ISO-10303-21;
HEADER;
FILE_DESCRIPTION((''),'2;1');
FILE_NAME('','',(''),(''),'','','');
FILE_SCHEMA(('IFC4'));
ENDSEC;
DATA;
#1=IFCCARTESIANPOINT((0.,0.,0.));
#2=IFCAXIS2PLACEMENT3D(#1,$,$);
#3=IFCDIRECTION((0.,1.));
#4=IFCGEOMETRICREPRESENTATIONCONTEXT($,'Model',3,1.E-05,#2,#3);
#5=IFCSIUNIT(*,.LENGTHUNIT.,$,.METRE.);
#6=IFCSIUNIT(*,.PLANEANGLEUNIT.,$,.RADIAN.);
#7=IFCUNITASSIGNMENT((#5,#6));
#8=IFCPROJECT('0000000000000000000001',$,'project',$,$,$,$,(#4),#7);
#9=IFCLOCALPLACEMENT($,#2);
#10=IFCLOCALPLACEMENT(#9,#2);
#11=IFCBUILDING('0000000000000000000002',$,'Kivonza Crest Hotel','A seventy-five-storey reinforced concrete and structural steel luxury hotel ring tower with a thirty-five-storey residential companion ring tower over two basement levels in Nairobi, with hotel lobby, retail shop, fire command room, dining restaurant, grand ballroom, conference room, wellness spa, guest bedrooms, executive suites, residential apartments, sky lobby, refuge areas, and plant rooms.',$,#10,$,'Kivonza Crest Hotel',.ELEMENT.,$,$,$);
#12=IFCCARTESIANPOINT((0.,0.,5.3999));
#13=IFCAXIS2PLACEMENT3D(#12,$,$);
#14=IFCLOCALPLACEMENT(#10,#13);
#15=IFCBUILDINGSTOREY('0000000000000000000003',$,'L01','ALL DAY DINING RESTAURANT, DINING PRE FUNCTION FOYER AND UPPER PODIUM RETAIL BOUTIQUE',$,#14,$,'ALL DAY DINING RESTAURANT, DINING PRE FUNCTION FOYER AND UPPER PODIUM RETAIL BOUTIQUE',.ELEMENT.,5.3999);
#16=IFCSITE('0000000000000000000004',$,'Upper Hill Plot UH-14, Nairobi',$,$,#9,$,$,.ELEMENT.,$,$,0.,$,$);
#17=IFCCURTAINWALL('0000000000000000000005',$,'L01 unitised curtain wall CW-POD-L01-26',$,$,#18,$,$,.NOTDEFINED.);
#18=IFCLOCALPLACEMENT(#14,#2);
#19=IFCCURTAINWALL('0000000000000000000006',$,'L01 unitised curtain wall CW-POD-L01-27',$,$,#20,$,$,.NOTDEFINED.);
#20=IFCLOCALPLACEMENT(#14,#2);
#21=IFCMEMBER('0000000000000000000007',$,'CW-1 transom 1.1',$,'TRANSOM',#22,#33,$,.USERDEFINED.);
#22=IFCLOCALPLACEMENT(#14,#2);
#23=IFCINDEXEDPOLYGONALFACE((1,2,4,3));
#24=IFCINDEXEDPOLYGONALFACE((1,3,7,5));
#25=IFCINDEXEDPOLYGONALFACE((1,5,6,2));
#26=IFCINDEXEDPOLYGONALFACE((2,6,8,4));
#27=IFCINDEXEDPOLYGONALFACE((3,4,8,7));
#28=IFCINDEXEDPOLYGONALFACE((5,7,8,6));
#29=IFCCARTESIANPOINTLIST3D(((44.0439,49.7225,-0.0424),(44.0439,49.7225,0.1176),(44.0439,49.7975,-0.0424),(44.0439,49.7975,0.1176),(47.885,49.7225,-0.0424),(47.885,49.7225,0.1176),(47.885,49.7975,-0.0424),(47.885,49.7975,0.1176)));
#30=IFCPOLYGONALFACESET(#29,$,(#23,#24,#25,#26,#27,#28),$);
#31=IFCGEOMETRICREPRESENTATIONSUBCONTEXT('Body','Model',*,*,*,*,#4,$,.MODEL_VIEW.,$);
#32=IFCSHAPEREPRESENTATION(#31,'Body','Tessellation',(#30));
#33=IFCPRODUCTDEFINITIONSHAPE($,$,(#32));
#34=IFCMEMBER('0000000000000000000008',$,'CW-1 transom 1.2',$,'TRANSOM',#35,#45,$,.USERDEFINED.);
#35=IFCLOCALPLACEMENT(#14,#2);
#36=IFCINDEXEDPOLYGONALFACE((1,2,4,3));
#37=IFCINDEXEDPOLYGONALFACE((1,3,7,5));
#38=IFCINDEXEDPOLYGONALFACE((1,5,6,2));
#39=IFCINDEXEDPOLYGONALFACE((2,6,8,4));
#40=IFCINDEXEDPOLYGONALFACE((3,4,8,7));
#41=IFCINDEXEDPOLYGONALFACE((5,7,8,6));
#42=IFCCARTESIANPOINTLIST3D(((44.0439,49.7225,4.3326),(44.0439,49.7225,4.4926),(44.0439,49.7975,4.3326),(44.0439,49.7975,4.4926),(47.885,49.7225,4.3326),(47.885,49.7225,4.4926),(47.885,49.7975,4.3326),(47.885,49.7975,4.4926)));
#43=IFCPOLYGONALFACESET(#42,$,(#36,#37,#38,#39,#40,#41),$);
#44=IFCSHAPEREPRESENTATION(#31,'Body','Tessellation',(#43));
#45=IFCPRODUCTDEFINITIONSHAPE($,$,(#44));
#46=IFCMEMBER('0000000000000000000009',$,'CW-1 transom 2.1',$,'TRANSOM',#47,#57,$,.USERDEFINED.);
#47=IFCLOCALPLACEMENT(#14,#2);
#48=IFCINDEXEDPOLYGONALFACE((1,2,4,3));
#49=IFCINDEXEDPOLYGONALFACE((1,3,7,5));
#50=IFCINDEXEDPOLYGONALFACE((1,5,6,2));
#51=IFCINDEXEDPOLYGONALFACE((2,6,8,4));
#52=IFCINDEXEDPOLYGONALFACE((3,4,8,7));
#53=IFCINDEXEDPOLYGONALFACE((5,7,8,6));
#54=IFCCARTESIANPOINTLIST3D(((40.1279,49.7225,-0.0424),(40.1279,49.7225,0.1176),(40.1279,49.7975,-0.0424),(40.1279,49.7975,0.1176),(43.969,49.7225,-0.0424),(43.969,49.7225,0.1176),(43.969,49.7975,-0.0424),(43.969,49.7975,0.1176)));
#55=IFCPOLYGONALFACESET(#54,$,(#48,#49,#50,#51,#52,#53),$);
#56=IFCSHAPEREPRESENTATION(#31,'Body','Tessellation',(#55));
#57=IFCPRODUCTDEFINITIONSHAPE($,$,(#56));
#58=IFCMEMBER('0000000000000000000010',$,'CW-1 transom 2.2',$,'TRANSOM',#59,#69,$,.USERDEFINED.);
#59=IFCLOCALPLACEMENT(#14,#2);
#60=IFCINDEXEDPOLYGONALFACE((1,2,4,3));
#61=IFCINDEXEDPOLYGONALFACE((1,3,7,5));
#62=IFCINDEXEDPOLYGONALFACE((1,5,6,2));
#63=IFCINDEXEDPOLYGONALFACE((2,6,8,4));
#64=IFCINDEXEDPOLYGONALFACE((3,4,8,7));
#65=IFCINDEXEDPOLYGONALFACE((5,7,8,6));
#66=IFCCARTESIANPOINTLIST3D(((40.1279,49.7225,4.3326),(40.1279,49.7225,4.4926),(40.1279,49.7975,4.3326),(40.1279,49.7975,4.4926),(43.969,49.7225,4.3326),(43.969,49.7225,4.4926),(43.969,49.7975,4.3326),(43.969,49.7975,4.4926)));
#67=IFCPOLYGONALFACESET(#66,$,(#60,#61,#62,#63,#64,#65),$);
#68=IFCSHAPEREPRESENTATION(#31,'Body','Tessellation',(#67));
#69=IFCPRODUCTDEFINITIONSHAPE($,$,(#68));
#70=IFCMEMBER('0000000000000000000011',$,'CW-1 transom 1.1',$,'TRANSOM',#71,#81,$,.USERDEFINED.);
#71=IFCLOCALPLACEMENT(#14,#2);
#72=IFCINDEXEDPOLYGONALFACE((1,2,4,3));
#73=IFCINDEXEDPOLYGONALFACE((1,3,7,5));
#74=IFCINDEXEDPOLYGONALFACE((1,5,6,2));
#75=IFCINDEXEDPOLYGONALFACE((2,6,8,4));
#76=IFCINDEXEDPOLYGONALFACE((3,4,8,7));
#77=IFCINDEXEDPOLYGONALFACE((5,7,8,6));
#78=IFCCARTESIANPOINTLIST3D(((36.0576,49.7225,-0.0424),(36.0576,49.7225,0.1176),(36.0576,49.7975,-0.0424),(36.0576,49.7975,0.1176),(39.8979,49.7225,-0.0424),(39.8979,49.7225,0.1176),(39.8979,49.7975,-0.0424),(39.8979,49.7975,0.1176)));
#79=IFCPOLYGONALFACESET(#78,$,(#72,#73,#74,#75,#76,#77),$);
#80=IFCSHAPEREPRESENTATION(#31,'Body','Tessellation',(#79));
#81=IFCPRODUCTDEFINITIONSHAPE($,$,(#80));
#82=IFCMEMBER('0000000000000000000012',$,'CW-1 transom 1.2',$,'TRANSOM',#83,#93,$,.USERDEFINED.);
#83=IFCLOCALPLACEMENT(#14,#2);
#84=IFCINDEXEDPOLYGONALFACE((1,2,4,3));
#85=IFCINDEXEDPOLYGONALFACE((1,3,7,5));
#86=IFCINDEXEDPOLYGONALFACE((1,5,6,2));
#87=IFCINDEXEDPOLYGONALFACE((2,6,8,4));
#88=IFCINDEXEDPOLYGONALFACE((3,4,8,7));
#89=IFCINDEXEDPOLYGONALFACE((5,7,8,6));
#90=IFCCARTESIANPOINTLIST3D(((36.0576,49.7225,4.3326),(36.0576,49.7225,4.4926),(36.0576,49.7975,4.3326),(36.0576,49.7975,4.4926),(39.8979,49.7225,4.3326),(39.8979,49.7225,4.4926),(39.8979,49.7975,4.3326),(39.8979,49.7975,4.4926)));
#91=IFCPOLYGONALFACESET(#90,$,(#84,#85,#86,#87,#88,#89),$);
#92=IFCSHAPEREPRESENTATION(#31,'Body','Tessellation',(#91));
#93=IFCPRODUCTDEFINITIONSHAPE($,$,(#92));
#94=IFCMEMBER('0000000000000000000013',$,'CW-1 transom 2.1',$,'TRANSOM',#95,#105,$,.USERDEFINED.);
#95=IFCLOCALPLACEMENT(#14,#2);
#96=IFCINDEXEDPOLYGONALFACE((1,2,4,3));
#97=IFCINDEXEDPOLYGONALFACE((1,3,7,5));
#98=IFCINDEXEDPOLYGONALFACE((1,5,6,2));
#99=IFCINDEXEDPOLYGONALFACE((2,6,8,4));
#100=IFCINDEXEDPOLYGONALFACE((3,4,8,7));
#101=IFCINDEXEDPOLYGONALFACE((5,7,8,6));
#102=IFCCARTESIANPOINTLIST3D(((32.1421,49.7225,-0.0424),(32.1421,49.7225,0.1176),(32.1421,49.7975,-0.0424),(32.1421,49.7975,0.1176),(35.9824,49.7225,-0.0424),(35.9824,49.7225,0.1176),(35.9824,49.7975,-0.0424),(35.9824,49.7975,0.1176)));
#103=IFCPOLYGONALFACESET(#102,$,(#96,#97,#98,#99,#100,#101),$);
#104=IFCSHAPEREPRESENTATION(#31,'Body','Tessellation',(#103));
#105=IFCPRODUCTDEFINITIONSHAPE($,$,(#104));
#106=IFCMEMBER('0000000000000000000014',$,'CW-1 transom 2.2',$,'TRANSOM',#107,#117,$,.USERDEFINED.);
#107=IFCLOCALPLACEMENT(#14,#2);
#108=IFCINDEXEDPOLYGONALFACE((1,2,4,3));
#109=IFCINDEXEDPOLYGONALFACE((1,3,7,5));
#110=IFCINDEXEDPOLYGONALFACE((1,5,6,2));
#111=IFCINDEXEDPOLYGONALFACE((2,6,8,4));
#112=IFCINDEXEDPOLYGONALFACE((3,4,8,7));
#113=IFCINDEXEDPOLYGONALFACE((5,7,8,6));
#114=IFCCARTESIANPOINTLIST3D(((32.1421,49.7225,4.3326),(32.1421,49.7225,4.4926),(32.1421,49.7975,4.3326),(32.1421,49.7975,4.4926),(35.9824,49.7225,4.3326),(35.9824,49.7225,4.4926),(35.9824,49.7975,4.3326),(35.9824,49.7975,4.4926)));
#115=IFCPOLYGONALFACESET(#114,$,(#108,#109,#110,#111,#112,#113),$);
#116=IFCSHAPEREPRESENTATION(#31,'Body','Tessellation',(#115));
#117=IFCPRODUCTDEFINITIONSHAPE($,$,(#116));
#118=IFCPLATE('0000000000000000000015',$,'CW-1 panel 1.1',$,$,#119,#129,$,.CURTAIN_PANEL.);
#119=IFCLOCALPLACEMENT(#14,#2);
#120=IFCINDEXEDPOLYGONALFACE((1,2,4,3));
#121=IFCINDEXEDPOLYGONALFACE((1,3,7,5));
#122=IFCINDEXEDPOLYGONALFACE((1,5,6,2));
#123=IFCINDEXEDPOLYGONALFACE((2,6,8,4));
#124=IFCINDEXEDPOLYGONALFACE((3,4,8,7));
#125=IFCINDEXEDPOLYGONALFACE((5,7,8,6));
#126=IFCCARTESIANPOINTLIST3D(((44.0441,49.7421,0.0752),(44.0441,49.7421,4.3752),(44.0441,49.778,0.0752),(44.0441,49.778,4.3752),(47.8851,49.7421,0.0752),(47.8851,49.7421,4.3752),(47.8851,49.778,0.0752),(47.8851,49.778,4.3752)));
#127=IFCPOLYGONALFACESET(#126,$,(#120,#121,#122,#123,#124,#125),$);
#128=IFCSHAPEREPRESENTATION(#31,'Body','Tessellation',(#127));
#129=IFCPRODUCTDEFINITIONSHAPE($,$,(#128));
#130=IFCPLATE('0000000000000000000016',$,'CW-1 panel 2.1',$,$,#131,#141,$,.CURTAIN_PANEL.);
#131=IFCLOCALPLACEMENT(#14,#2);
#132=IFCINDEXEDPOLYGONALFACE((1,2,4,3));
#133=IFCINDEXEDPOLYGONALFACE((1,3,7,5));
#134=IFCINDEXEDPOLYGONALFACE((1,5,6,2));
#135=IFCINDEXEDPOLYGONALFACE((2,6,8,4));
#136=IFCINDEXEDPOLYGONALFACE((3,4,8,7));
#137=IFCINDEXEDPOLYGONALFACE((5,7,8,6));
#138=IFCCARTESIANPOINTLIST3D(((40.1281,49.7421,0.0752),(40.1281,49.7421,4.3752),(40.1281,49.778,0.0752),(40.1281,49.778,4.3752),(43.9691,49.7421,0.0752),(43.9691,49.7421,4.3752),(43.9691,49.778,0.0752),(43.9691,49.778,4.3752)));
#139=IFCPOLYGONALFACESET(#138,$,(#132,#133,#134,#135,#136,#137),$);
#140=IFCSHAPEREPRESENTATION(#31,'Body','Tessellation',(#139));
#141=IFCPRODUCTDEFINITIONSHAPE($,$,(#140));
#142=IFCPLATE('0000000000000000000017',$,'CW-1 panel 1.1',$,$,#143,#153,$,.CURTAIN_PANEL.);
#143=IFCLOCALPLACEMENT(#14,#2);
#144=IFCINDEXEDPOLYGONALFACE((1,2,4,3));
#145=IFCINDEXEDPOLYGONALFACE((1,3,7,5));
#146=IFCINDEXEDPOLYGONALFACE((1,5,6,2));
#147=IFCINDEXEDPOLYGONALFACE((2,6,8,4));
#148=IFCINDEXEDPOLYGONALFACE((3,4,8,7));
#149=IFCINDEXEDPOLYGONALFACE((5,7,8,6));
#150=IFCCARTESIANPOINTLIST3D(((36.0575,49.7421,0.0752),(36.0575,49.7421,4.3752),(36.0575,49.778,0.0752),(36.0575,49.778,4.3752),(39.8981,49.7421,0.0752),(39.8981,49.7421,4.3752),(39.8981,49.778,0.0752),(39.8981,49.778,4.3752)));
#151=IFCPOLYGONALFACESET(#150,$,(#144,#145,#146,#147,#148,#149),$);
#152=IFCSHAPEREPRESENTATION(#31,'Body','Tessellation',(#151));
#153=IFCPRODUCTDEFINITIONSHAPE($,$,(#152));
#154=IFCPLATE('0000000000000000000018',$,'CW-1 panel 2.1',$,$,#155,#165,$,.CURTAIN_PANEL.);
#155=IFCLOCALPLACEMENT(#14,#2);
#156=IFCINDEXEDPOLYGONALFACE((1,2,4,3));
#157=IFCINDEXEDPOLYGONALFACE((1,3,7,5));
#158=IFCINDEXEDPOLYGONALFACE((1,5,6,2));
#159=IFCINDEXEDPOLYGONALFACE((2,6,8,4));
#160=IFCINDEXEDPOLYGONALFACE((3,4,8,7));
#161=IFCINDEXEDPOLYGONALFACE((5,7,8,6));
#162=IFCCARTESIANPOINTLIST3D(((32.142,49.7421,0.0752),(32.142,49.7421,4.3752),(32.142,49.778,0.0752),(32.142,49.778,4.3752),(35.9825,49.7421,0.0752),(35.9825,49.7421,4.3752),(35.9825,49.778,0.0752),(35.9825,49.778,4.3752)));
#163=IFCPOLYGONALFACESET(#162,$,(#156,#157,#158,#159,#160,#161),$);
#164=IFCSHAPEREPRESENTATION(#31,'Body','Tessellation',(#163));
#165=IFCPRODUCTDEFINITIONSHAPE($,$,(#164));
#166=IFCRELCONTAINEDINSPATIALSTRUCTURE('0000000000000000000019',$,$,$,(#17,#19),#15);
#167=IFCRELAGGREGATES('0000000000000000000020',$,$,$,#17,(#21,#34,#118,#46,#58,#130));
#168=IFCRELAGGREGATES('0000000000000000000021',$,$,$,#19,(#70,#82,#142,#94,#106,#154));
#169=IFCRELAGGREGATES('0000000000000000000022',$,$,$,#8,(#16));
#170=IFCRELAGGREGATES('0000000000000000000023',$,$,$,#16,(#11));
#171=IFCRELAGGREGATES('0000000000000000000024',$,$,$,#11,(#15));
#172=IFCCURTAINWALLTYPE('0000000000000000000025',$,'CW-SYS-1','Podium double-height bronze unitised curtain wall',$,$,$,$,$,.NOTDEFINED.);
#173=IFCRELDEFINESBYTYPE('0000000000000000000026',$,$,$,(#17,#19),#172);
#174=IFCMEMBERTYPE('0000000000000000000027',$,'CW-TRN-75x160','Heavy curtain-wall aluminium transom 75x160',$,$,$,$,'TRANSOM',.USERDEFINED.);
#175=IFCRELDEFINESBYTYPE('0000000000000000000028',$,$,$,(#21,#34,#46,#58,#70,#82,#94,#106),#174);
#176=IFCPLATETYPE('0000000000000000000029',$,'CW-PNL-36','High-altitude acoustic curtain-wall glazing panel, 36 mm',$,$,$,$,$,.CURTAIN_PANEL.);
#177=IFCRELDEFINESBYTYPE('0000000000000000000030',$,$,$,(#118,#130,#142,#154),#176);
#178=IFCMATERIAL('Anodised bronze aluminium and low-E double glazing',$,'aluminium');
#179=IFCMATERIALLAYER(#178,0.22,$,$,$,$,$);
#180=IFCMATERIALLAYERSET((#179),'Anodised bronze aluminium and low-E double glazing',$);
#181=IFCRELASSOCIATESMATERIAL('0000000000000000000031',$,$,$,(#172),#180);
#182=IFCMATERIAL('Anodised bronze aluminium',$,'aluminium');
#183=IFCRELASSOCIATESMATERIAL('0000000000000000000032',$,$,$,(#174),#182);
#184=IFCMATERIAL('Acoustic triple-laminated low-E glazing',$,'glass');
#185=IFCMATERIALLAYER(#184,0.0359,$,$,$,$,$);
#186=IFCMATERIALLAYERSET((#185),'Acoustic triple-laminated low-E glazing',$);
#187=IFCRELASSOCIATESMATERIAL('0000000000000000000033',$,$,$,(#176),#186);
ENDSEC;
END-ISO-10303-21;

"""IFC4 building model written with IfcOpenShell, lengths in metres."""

from ifc_helpers import new_model, si_unit, direction, frame, origin, origin_2d, place, context, subcontext, project, spatial, rectangle, extrude, material, layer, layer_set, material_profile, profile_set, type_object, element, aggregate, save


model = new_model("IFC4")

# Units and contexts
model_context = context("Model", 3, precision=1e-05, world=origin(), true_north=direction((0.0, 1.0)))
body_context = subcontext(model_context, "Body", "Model", "MODEL_VIEW")
ifc_project = project(units=[si_unit("LENGTHUNIT", "METRE"), si_unit("PLANEANGLEUNIT", "RADIAN")], contexts=[model_context])

# Site, building, storey
site_placement = place(None, origin())
site = spatial("IfcSite", under=ifc_project, at=site_placement, Name="Upper Hill Plot UH-14, Nairobi", CompositionType="ELEMENT", RefElevation=0.0)
building_placement = place(site_placement, origin())
building = spatial("IfcBuilding", under=site, at=building_placement, Name="Kivonza Crest Hotel", Description="A seventy-five-storey reinforced concrete and structural steel luxury hotel ring tower with a thirty-five-storey residential companion ring tower over two basement levels in Nairobi, with hotel lobby, retail shop, fire command room, dining restaurant, grand ballroom, conference room, wellness spa, guest bedrooms, executive suites, residential apartments, sky lobby, refuge areas, and plant rooms.", LongName="Kivonza Crest Hotel", CompositionType="ELEMENT")
storey_placement = place(building_placement, frame((0.0, 0.0, 5.3999)))
storey = spatial("IfcBuildingStorey", under=building, at=storey_placement, Name="L01", Description="ALL DAY DINING RESTAURANT, DINING PRE FUNCTION FOYER AND UPPER PODIUM RETAIL BOUTIQUE", LongName="ALL DAY DINING RESTAURANT, DINING PRE FUNCTION FOYER AND UPPER PODIUM RETAIL BOUTIQUE", CompositionType="ELEMENT", Elevation=5.3999)

# Shared definitions
ifc_material_1 = material(Name="Anodised bronze aluminium and low-E double glazing", Category="aluminium")
ifc_layer_1 = layer(ifc_material_1, 0.22)
ifc_layer_set_1 = layer_set([ifc_layer_1], Name="Anodised bronze aluminium and low-E double glazing")
curtain_wall_type = type_object("IfcCurtainWallType", Name="CW-SYS-1", Description="Podium double-height bronze unitised curtain wall", PredefinedType="NOTDEFINED", material=ifc_layer_set_1)
ifc_material_2 = material(Name="Anodised bronze aluminium", Category="aluminium")

# Curtain walls
curtain_wall_1_placement = place(storey_placement, origin())
curtain_wall_1 = element("IfcCurtainWall", 1, at=curtain_wall_1_placement, inside=storey, type_object=curtain_wall_type, Name="L01 unitised curtain wall CW-POD-L01-26", PredefinedType="NOTDEFINED")
curtain_wall_2_placement = place(storey_placement, origin())
curtain_wall_2 = element("IfcCurtainWall", 2, at=curtain_wall_2_placement, inside=storey, type_object=curtain_wall_type, Name="L01 unitised curtain wall CW-POD-L01-27", PredefinedType="NOTDEFINED")

# Members
ifc_material_profile_1 = material_profile(ifc_material_2, rectangle(XDim=0.075, YDim=0.1599, at=origin_2d()), Name="CW-T 75x160")
ifc_profile_set_1 = profile_set([ifc_material_profile_1], Name="Anodised bronze aluminium")
member_type_1 = type_object("IfcMemberType", Name="CW-TRN-75x160", Description="Heavy curtain-wall aluminium transom 75x160", ElementType="TRANSOM", PredefinedType="USERDEFINED", material=ifc_profile_set_1)
member_1_placement = place(storey_placement, frame((47.885, 49.76, 0.0376), z_axis=(-1.0, 0.0, 0.0), x_axis=(0.0, -1.0, 0.0)))
member_1 = element("IfcMember", 3, at=member_1_placement, type_object=member_type_1, Name="CW-1 transom 1.1", ObjectType="TRANSOM", PredefinedType="USERDEFINED", context=body_context, shape_type="SweptSolid", body=[
    extrude(rectangle(XDim=0.075, YDim=0.1599, at=origin_2d()), origin(), (0.0, 0.0, 1.0), 3.8411),
])
member_2_placement = place(storey_placement, frame((47.885, 49.76, 4.4126), z_axis=(-1.0, 0.0, 0.0), x_axis=(0.0, -1.0, 0.0)))
member_2 = element("IfcMember", 4, at=member_2_placement, type_object=member_type_1, Name="CW-1 transom 1.2", ObjectType="TRANSOM", PredefinedType="USERDEFINED", context=body_context, shape_type="SweptSolid", body=[
    extrude(rectangle(XDim=0.075, YDim=0.1599, at=origin_2d()), origin(), (0.0, 0.0, 1.0), 3.8411),
])
member_3_placement = place(storey_placement, frame((43.969, 49.76, 0.0376), z_axis=(-1.0, 0.0, 0.0), x_axis=(0.0, -1.0, 0.0)))
member_3 = element("IfcMember", 5, at=member_3_placement, type_object=member_type_1, Name="CW-1 transom 2.1", ObjectType="TRANSOM", PredefinedType="USERDEFINED", context=body_context, shape_type="SweptSolid", body=[
    extrude(rectangle(XDim=0.075, YDim=0.1599, at=origin_2d()), origin(), (0.0, 0.0, 1.0), 3.8411),
])
member_4_placement = place(storey_placement, frame((43.969, 49.76, 4.4126), z_axis=(-1.0, 0.0, 0.0), x_axis=(0.0, -1.0, 0.0)))
member_4 = element("IfcMember", 6, at=member_4_placement, type_object=member_type_1, Name="CW-1 transom 2.2", ObjectType="TRANSOM", PredefinedType="USERDEFINED", context=body_context, shape_type="SweptSolid", body=[
    extrude(rectangle(XDim=0.075, YDim=0.1599, at=origin_2d()), origin(), (0.0, 0.0, 1.0), 3.8411),
])
member_5_placement = place(storey_placement, frame((39.8979, 49.76, 0.0376), z_axis=(-1.0, 0.0, 0.0), x_axis=(0.0, -1.0, 0.0)))
member_5 = element("IfcMember", 7, at=member_5_placement, type_object=member_type_1, Name="CW-1 transom 1.1", ObjectType="TRANSOM", PredefinedType="USERDEFINED", context=body_context, shape_type="SweptSolid", body=[
    extrude(rectangle(XDim=0.075, YDim=0.1599, at=origin_2d()), origin(), (0.0, 0.0, 1.0), 3.8403),
])
member_6_placement = place(storey_placement, frame((39.8979, 49.76, 4.4126), z_axis=(-1.0, 0.0, 0.0), x_axis=(0.0, -1.0, 0.0)))
member_6 = element("IfcMember", 8, at=member_6_placement, type_object=member_type_1, Name="CW-1 transom 1.2", ObjectType="TRANSOM", PredefinedType="USERDEFINED", context=body_context, shape_type="SweptSolid", body=[
    extrude(rectangle(XDim=0.075, YDim=0.1599, at=origin_2d()), origin(), (0.0, 0.0, 1.0), 3.8403),
])
member_7_placement = place(storey_placement, frame((35.9824, 49.76, 0.0376), z_axis=(-1.0, 0.0, 0.0), x_axis=(0.0, -1.0, 0.0)))
member_7 = element("IfcMember", 9, at=member_7_placement, type_object=member_type_1, Name="CW-1 transom 2.1", ObjectType="TRANSOM", PredefinedType="USERDEFINED", context=body_context, shape_type="SweptSolid", body=[
    extrude(rectangle(XDim=0.075, YDim=0.1599, at=origin_2d()), origin(), (0.0, 0.0, 1.0), 3.8403),
])
member_8_placement = place(storey_placement, frame((35.9824, 49.76, 4.4126), z_axis=(-1.0, 0.0, 0.0), x_axis=(0.0, -1.0, 0.0)))
member_8 = element("IfcMember", 10, at=member_8_placement, type_object=member_type_1, Name="CW-1 transom 2.2", ObjectType="TRANSOM", PredefinedType="USERDEFINED", context=body_context, shape_type="SweptSolid", body=[
    extrude(rectangle(XDim=0.075, YDim=0.1599, at=origin_2d()), origin(), (0.0, 0.0, 1.0), 3.8403),
])

# Plates
ifc_material_3 = material(Name="Acoustic triple-laminated low-E glazing", Category="glass")
ifc_layer_2 = layer(ifc_material_3, 0.0359)
ifc_layer_set_2 = layer_set([ifc_layer_2], Name="Acoustic triple-laminated low-E glazing")
plate_type = type_object("IfcPlateType", Name="CW-PNL-36", Description="High-altitude acoustic curtain-wall glazing panel, 36 mm", PredefinedType="CURTAIN_PANEL", material=ifc_layer_set_2)
plate_1_placement = place(storey_placement, frame((45.9646, 49.76, 0.0752), z_axis=(0.0, 0.0, 1.0), x_axis=(-1.0, 0.0, 0.0)))
plate_1 = element("IfcPlate", 11, at=plate_1_placement, type_object=plate_type, Name="CW-1 panel 1.1", PredefinedType="CURTAIN_PANEL", context=body_context, shape_type="SweptSolid", body=[
    extrude(rectangle(XDim=3.8411, YDim=0.0359, at=origin_2d()), origin(), (0.0, 0.0, 1.0), 4.3),
])
plate_2_placement = place(storey_placement, frame((42.0486, 49.76, 0.0752), z_axis=(0.0, 0.0, 1.0), x_axis=(-1.0, 0.0, 0.0)))
plate_2 = element("IfcPlate", 12, at=plate_2_placement, type_object=plate_type, Name="CW-1 panel 2.1", PredefinedType="CURTAIN_PANEL", context=body_context, shape_type="SweptSolid", body=[
    extrude(rectangle(XDim=3.8411, YDim=0.0359, at=origin_2d()), origin(), (0.0, 0.0, 1.0), 4.3),
])
aggregate(curtain_wall_1, [member_1, member_2, plate_1, member_3, member_4, plate_2])
plate_3_placement = place(storey_placement, frame((37.9778, 49.76, 0.0752), z_axis=(0.0, 0.0, 1.0), x_axis=(-1.0, 0.0, 0.0)))
plate_3 = element("IfcPlate", 13, at=plate_3_placement, type_object=plate_type, Name="CW-1 panel 1.1", PredefinedType="CURTAIN_PANEL", context=body_context, shape_type="SweptSolid", body=[
    extrude(rectangle(XDim=3.8406, YDim=0.0359, at=origin_2d()), origin(), (0.0, 0.0, 1.0), 4.3),
])
plate_4_placement = place(storey_placement, frame((34.0623, 49.76, 0.0752), z_axis=(0.0, 0.0, 1.0), x_axis=(-1.0, 0.0, 0.0)))
plate_4 = element("IfcPlate", 14, at=plate_4_placement, type_object=plate_type, Name="CW-1 panel 2.1", PredefinedType="CURTAIN_PANEL", context=body_context, shape_type="SweptSolid", body=[
    extrude(rectangle(XDim=3.8406, YDim=0.0359, at=origin_2d()), origin(), (0.0, 0.0, 1.0), 4.3),
])
aggregate(curtain_wall_2, [member_5, member_6, plate_3, member_7, member_8, plate_4])

save(model, "model.ifc")
